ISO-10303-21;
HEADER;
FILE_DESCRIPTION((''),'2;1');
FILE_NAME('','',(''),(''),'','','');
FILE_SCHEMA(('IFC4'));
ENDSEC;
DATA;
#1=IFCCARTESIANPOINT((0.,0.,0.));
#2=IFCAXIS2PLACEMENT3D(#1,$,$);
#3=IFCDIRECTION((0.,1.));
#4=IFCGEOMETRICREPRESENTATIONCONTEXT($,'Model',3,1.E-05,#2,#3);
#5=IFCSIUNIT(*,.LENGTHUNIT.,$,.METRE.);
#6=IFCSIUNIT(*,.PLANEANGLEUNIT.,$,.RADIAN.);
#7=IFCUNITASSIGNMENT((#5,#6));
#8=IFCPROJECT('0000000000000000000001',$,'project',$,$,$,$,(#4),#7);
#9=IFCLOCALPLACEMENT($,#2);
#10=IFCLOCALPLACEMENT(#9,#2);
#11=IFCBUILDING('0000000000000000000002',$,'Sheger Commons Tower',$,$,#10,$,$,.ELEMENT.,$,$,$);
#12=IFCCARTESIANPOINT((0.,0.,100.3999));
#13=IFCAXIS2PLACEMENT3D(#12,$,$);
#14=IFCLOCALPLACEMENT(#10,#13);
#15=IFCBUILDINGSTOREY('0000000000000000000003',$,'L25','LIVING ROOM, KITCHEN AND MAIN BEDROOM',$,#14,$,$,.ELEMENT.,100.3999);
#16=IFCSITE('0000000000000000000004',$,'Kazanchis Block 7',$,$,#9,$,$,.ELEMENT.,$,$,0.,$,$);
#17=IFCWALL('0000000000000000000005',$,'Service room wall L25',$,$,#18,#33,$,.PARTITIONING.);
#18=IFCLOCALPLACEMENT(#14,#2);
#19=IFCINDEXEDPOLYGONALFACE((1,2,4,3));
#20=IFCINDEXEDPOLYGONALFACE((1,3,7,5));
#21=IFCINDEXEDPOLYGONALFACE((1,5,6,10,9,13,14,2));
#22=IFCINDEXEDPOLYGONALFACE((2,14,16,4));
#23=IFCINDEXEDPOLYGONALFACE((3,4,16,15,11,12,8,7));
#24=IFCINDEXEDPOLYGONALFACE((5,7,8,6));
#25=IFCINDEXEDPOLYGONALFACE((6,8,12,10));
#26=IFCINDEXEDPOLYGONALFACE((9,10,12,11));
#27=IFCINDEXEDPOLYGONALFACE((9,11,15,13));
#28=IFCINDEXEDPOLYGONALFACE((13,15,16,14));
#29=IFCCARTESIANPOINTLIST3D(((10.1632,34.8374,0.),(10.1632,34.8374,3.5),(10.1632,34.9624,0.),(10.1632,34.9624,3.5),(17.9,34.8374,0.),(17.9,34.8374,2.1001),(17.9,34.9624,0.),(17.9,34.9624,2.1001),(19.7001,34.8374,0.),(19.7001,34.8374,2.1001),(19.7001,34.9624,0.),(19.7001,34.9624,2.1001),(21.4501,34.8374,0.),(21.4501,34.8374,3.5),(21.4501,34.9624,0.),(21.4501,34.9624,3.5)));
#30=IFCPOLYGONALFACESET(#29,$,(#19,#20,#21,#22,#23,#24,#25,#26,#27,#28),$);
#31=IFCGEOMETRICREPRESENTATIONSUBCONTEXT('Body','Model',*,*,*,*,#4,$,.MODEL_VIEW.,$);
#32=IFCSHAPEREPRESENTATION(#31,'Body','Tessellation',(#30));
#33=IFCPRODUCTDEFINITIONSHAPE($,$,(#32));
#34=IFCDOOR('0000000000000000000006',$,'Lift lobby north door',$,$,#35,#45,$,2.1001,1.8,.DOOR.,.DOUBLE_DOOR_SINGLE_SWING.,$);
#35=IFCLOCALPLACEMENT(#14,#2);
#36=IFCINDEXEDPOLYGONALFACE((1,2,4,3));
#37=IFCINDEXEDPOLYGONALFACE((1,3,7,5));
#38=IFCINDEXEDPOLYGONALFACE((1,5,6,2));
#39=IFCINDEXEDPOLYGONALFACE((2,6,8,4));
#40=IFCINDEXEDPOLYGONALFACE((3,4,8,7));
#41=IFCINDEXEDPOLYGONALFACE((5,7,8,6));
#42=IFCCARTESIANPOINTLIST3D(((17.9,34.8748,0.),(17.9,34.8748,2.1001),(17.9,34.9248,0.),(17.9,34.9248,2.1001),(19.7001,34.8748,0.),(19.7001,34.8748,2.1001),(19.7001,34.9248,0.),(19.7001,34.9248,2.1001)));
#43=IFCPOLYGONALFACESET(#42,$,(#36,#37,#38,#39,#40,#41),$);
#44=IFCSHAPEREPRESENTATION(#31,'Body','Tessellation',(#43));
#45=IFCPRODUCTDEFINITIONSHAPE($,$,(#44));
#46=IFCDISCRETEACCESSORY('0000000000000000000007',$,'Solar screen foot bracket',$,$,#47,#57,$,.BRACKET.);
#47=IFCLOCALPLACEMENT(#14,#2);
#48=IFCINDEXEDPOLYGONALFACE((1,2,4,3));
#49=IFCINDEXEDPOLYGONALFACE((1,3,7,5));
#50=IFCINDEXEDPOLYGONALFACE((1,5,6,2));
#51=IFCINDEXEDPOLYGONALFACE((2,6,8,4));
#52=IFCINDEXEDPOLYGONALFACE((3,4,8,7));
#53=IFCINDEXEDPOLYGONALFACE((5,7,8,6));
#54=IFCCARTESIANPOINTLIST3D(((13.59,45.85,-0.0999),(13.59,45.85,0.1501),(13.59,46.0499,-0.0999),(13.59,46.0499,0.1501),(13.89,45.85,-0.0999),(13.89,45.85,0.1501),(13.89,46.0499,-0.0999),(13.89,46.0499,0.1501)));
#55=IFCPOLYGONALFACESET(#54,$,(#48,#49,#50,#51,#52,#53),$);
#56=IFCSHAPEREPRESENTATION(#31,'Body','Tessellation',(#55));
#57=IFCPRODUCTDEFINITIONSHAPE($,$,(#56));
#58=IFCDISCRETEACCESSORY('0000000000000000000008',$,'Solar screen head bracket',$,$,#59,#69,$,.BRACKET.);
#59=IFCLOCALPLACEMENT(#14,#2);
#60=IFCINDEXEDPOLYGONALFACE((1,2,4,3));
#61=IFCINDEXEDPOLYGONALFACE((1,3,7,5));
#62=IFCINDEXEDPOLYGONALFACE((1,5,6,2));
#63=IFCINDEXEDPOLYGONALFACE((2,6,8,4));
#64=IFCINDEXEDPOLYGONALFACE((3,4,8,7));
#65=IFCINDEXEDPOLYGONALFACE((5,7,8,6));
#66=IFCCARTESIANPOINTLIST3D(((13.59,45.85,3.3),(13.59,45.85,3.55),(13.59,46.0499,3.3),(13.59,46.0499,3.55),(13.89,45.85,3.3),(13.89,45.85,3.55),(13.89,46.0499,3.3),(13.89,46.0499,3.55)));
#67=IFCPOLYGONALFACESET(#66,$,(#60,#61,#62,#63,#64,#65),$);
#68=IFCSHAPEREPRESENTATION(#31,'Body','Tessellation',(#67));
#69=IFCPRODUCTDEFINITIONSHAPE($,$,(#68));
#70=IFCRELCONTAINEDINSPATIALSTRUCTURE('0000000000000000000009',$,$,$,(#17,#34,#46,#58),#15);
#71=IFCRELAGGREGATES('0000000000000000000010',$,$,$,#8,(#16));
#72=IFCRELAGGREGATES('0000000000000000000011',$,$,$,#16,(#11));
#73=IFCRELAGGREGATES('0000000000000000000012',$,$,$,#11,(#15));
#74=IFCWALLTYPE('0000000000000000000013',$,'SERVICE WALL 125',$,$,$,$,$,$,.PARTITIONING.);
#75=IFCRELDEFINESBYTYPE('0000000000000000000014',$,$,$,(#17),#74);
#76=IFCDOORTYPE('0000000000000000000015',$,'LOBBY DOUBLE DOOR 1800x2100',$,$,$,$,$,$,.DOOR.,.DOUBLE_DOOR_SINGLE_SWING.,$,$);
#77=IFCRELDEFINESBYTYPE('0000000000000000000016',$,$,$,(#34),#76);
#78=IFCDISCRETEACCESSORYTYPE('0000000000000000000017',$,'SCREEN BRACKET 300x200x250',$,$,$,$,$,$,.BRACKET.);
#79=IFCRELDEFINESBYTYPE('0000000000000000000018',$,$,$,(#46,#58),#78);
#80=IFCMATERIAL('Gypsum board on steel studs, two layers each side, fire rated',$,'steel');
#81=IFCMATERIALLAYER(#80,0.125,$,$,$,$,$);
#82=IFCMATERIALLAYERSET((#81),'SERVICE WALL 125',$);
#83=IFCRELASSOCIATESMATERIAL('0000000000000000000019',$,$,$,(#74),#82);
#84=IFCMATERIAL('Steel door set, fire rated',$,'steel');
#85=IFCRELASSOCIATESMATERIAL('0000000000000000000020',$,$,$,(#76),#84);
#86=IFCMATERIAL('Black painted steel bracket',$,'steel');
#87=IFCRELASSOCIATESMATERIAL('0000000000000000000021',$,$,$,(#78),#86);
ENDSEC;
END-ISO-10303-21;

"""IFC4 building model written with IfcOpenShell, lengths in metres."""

from ifc_helpers import new_model, si_unit, direction, frame, frame_2d, origin, origin_2d, place, context, subcontext, project, spatial, rectangle, extrude, material, layer, layer_set, type_object, element, fill, save


model = new_model("IFC4")

# Units and contexts
model_context = context("Model", 3, precision=1e-05, world=origin(), true_north=direction((0.0, 1.0)))
body_context = subcontext(model_context, "Body", "Model", "MODEL_VIEW")
ifc_project = project(units=[si_unit("LENGTHUNIT", "METRE"), si_unit("PLANEANGLEUNIT", "RADIAN")], contexts=[model_context])

# Site, building, storey
site_placement = place(None, origin())
site = spatial("IfcSite", under=ifc_project, at=site_placement, Name="Kazanchis Block 7", CompositionType="ELEMENT", RefElevation=0.0)
building_placement = place(site_placement, origin())
building = spatial("IfcBuilding", under=site, at=building_placement, Name="Sheger Commons Tower", CompositionType="ELEMENT")
storey_placement = place(building_placement, frame((0.0, 0.0, 100.3999)))
storey = spatial("IfcBuildingStorey", under=building, at=storey_placement, Name="L25", Description="LIVING ROOM, KITCHEN AND MAIN BEDROOM", CompositionType="ELEMENT", Elevation=100.3999)

# Wall, opening, door
ifc_material_1 = material(Name="Gypsum board on steel studs, two layers each side, fire rated", Category="steel")
ifc_layer_1 = layer(ifc_material_1, 0.125)
ifc_layer_set_1 = layer_set([ifc_layer_1], Name="SERVICE WALL 125")
wall_type_1 = type_object("IfcWallType", Name="SERVICE WALL 125", PredefinedType="PARTITIONING", material=ifc_layer_set_1)
wall_1_placement = place(storey_placement, frame((10.1631, 34.8999, 0.0), z_axis=(0.0, 0.0, 1.0), x_axis=(1.0, 0.0, 0.0)))
wall_1 = element("IfcWall", 1, at=wall_1_placement, inside=storey, type_object=wall_type_1, Name="Service room wall L25", PredefinedType="PARTITIONING", context=body_context, shape_type="SweptSolid", body=[
    extrude(rectangle(XDim=11.2869, YDim=0.125, at=frame_2d((5.6436, 0.0))), origin(), (0.0, 0.0, 1.0), 3.5),
])
opening_1_placement = place(wall_1_placement, frame((7.7371, 0.0, 0.0)))
opening_1 = element("IfcOpeningElement", 2, at=opening_1_placement, cuts=wall_1, PredefinedType="OPENING", context=body_context, shape_type="SweptSolid", body=[
    extrude(rectangle(XDim=1.8, YDim=2.1001, at=frame_2d((0.8999, 1.05))), frame((0.0, 0.0725, 0.0), z_axis=(0.0, -1.0, 0.0), x_axis=(1.0, 0.0, 0.0)), (0.0, 0.0, 1.0), 0.145),
])
ifc_material_2 = material(Name="Steel door set, fire rated", Category="steel")
door_type_1 = type_object("IfcDoorType", Name="LOBBY DOUBLE DOOR 1800x2100", OperationType="DOUBLE_DOOR_SINGLE_SWING", PredefinedType="DOOR", material=ifc_material_2)
door_1_placement = place(opening_1_placement, origin())
door_1 = element("IfcDoor", 3, at=door_1_placement, inside=storey, type_object=door_type_1, Name="Lift lobby north door", OperationType="DOUBLE_DOOR_SINGLE_SWING", OverallHeight=2.1001, OverallWidth=1.8, PredefinedType="DOOR", context=body_context, shape_type="SweptSolid", body=[
    extrude(rectangle(XDim=1.8, YDim=2.1001, at=frame_2d((0.8999, 1.05))), frame((0.0, 0.0249, 0.0), z_axis=(0.0, -1.0, 0.0), x_axis=(1.0, 0.0, 0.0)), (0.0, 0.0, 1.0), 0.05),
])
fill(opening_1, door_1)

# Discrete accessories
ifc_material_3 = material(Name="Black painted steel bracket", Category="steel")
discrete_accessory_type = type_object("IfcDiscreteAccessoryType", Name="SCREEN BRACKET 300x200x250", PredefinedType="BRACKET", material=ifc_material_3)
for number, where, z_axis, x_axis, name in (
    (4, (13.74, 45.95, -0.0999), (0.0, 0.0, 1.0), (-1.0, 0.0, 0.0), "Solar screen foot bracket"),
    (5, (13.74, 45.95, 3.3), (0.0, 0.0, 1.0), (-1.0, 0.0, 0.0), "Solar screen head bracket"),
):
    element("IfcDiscreteAccessory", number, at=place(storey_placement, frame(where, z_axis=z_axis, x_axis=x_axis)), inside=storey, type_object=discrete_accessory_type, Name=name, PredefinedType="BRACKET", context=body_context, shape_type="SweptSolid", body=[
        extrude(rectangle(XDim=0.3, YDim=0.2, at=origin_2d()), origin(), (0.0, 0.0, 1.0), 0.25),
    ])

save(model, "model.ifc")
